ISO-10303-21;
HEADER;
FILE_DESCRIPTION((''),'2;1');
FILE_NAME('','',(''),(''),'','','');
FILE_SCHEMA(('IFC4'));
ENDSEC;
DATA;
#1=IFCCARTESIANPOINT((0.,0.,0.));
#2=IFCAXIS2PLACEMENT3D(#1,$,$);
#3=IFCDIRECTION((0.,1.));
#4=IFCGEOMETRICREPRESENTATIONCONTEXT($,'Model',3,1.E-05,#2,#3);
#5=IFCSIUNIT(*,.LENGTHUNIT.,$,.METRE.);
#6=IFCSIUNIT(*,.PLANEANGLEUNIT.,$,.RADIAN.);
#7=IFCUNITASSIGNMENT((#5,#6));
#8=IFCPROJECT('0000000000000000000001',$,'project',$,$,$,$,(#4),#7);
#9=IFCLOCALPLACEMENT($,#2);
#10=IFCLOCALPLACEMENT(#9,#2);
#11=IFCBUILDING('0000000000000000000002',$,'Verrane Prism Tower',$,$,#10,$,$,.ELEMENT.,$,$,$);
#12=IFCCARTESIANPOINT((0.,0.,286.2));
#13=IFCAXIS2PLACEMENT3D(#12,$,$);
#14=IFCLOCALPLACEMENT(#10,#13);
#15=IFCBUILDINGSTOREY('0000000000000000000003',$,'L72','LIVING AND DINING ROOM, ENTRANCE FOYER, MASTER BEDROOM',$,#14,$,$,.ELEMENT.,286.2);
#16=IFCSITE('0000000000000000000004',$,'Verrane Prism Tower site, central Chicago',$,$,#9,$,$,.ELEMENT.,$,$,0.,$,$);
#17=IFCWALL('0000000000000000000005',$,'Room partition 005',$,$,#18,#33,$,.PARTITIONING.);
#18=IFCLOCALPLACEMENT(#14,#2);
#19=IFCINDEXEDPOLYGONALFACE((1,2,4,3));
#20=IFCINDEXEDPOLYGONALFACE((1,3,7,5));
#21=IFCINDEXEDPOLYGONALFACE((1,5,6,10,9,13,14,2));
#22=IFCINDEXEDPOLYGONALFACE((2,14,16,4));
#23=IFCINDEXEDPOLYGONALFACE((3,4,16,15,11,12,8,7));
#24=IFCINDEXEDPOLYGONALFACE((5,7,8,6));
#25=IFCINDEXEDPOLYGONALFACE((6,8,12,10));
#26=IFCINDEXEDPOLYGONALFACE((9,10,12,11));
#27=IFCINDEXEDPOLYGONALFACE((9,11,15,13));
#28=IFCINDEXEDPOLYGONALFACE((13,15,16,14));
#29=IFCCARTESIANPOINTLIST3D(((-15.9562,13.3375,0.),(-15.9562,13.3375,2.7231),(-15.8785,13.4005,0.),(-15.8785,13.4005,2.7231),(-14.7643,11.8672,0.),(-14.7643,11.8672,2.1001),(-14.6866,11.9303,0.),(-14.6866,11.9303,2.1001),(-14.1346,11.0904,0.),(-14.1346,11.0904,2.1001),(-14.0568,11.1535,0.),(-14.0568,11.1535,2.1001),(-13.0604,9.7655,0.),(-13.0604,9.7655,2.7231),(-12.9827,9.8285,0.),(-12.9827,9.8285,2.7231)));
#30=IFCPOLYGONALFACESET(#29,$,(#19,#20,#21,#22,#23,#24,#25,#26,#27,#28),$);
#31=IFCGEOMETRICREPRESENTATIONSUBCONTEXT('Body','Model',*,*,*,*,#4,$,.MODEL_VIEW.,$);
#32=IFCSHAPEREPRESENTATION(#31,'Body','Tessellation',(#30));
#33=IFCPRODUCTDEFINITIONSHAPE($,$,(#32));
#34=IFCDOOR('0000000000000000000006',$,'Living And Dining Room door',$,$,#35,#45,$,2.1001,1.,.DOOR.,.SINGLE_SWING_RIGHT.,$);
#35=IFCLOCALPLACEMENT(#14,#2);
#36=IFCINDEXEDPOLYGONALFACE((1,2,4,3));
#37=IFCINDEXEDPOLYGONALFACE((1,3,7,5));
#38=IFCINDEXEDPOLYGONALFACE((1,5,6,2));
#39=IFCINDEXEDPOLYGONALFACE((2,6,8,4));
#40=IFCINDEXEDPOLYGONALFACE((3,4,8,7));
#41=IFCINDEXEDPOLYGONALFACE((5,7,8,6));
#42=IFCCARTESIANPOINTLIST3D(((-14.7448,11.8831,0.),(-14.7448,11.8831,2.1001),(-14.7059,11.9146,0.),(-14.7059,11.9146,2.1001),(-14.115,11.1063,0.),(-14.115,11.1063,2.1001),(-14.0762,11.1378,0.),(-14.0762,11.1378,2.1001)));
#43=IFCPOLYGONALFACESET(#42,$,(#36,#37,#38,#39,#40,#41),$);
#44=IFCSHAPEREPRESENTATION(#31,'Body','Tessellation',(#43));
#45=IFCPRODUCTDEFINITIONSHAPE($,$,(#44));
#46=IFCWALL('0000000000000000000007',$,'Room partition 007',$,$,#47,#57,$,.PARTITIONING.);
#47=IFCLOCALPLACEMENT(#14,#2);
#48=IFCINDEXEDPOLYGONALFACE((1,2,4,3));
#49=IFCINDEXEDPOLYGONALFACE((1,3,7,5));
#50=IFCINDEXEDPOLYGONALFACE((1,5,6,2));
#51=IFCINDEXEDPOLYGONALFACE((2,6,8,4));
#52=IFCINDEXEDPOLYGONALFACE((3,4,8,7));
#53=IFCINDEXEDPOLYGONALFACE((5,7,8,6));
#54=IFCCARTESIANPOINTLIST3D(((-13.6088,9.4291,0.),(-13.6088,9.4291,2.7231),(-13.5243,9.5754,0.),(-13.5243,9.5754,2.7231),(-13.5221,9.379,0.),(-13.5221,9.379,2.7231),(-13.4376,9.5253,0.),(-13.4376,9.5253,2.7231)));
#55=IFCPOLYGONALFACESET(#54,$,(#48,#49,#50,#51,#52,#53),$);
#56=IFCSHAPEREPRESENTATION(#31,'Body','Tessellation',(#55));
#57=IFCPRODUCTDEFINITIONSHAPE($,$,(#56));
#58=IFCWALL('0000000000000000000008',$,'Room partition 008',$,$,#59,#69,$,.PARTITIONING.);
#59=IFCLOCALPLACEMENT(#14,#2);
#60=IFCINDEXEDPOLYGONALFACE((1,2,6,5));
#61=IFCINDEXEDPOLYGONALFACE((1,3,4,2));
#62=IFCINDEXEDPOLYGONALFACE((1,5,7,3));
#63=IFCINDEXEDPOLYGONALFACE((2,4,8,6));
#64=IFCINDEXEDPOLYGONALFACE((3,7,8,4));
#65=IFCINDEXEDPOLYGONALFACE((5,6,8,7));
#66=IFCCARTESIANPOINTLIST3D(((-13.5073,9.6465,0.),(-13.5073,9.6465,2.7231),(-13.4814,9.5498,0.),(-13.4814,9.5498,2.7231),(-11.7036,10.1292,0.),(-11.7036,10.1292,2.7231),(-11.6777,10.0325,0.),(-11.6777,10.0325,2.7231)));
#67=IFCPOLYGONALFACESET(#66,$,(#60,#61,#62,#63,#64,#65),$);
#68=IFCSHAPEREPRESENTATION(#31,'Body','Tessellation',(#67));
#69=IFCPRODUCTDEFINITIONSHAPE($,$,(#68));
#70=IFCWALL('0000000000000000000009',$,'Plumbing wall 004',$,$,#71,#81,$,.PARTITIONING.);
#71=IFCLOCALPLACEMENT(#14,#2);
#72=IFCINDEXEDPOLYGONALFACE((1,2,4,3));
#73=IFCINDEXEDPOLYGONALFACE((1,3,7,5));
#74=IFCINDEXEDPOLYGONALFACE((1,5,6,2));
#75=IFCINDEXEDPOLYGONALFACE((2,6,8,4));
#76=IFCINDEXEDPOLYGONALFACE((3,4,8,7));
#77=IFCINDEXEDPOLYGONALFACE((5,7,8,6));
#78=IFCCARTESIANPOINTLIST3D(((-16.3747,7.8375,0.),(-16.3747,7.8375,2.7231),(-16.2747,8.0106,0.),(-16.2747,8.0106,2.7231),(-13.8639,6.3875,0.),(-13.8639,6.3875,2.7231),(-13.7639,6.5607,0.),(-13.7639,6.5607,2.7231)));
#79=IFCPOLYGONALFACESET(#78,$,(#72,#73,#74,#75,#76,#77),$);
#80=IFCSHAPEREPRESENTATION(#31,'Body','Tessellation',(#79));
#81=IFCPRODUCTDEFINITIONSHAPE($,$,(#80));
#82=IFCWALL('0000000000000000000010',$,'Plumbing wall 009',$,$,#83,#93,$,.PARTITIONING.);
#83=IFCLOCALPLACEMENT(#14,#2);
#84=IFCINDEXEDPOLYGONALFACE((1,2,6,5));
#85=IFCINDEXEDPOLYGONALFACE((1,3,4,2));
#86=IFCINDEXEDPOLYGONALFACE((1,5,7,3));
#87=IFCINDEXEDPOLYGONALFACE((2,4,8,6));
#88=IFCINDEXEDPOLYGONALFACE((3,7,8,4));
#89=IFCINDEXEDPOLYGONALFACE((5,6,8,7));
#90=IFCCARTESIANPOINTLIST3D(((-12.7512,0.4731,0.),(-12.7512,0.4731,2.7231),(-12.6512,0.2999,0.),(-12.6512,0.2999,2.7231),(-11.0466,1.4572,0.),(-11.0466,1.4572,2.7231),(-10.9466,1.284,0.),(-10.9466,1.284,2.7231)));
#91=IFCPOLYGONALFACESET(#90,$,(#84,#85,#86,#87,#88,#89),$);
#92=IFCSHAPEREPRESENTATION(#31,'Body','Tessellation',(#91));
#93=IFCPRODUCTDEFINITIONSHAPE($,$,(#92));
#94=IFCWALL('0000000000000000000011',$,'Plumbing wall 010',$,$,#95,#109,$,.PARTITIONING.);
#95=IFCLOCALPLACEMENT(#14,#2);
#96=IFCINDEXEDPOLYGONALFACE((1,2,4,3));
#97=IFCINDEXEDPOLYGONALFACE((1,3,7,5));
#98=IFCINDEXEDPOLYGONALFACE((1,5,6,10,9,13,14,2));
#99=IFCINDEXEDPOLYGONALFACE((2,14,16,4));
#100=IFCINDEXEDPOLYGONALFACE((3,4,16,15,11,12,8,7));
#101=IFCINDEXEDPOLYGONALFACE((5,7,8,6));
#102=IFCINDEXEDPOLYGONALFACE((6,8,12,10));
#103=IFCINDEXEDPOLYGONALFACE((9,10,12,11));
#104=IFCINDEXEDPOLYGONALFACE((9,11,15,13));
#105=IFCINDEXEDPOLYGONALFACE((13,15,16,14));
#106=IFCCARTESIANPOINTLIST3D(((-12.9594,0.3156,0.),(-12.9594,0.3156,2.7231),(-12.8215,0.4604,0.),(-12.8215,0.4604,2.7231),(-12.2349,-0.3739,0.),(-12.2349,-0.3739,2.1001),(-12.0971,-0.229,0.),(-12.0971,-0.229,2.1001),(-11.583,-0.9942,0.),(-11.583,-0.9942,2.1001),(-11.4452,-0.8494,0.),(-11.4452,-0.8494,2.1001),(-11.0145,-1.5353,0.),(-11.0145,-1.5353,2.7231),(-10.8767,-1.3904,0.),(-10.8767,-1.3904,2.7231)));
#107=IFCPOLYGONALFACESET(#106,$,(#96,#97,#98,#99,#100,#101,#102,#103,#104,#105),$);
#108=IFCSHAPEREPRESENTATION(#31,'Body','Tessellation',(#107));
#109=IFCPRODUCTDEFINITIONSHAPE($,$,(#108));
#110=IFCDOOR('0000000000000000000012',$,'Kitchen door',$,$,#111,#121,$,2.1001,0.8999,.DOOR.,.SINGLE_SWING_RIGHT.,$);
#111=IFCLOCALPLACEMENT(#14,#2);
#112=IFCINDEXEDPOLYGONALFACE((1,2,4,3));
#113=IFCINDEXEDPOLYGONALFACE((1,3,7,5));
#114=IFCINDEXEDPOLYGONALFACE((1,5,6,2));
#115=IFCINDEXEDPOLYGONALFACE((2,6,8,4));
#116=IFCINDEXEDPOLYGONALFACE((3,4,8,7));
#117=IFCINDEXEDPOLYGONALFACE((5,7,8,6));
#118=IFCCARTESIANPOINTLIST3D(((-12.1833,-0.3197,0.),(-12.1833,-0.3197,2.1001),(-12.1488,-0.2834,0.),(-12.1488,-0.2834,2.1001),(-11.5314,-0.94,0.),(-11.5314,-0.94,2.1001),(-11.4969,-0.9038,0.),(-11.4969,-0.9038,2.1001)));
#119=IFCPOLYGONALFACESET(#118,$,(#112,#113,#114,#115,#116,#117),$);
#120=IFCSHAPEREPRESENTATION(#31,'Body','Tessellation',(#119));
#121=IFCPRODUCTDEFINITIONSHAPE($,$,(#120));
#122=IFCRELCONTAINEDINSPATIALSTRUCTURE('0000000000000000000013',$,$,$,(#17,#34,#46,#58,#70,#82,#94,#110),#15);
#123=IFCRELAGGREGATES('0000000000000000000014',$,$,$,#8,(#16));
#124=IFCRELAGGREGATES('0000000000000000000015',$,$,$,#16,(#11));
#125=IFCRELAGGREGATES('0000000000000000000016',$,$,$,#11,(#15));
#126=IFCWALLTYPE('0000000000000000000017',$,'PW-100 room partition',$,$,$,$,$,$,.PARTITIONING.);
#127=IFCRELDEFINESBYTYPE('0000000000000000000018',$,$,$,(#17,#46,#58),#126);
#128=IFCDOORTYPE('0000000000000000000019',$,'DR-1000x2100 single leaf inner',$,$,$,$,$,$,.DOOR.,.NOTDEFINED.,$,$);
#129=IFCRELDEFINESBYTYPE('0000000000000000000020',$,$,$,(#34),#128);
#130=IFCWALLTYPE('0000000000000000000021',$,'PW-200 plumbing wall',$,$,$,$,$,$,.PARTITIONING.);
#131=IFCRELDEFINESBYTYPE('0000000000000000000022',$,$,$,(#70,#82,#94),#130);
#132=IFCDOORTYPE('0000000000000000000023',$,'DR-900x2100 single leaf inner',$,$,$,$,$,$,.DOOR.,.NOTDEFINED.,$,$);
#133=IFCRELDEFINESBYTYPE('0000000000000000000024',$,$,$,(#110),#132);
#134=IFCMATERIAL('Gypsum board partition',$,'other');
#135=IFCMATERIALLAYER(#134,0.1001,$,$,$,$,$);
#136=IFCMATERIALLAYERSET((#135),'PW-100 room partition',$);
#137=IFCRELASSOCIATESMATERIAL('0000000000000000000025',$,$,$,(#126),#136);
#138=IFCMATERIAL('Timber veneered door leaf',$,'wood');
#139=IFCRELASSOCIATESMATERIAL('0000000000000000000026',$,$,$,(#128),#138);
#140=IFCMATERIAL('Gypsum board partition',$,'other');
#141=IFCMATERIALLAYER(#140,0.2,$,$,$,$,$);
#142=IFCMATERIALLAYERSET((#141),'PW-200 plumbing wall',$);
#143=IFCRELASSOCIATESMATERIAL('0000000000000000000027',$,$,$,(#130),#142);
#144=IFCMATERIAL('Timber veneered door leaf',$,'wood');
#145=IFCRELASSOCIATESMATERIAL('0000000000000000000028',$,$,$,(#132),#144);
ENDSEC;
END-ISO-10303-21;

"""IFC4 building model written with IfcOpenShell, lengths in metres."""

from ifc_helpers import new_model, si_unit, direction, frame, frame_2d, origin, place, context, subcontext, project, spatial, rectangle, extrude, material, layer, layer_set, type_object, element, fill, save


model = new_model("IFC4")

# Units and contexts
model_context = context("Model", 3, precision=1e-05, world=origin(), true_north=direction((0.0, 1.0)))
body_context = subcontext(model_context, "Body", "Model", "MODEL_VIEW")
ifc_project = project(units=[si_unit("LENGTHUNIT", "METRE"), si_unit("PLANEANGLEUNIT", "RADIAN")], contexts=[model_context])

# Site, building, storey
site_placement = place(None, origin())
site = spatial("IfcSite", under=ifc_project, at=site_placement, Name="Verrane Prism Tower site, central Chicago", CompositionType="ELEMENT", RefElevation=0.0)
building_placement = place(site_placement, origin())
building = spatial("IfcBuilding", under=site, at=building_placement, Name="Verrane Prism Tower", CompositionType="ELEMENT")
storey_placement = place(building_placement, frame((0.0, 0.0, 286.2)))
storey = spatial("IfcBuildingStorey", under=building, at=storey_placement, Name="L72", Description="LIVING AND DINING ROOM, ENTRANCE FOYER, MASTER BEDROOM", CompositionType="ELEMENT", Elevation=286.2)

# Wall, opening, door
ifc_material_1 = material(Name="Gypsum board partition", Category="other")
ifc_layer_1 = layer(ifc_material_1, 0.1001)
ifc_layer_set_1 = layer_set([ifc_layer_1], Name="PW-100 room partition")
wall_type_1 = type_object("IfcWallType", Name="PW-100 room partition", PredefinedType="PARTITIONING", material=ifc_layer_set_1)
ifc_material_2 = material(Name="Timber veneered door leaf", Category="wood")
door_type_1 = type_object("IfcDoorType", Name="DR-1000x2100 single leaf inner", OperationType="NOTDEFINED", PredefinedType="DOOR", material=ifc_material_2)
wall_1_placement = place(storey_placement, frame((-13.0215, 9.7969, 0.0), z_axis=(0.0, 0.0, 1.0), x_axis=(-0.629739, 0.776807, 0.0)))
wall_1 = element("IfcWall", 1, at=wall_1_placement, inside=storey, type_object=wall_type_1, Name="Room partition 005", PredefinedType="PARTITIONING", context=body_context, shape_type="SweptSolid", body=[
    extrude(rectangle(XDim=4.5984, YDim=0.1001, at=frame_2d((2.2993, 0.0))), origin(), (0.0, 0.0, 1.0), 2.7231),
])
opening_1_placement = place(wall_1_placement, frame((1.7058, 0.0, 0.0)))
opening_1 = element("IfcOpeningElement", 2, at=opening_1_placement, cuts=wall_1, PredefinedType="OPENING", context=body_context, shape_type="SweptSolid", body=[
    extrude(rectangle(XDim=1.0, YDim=2.1001, at=frame_2d((0.5, 1.05))), frame((0.0, 0.0601, 0.0), z_axis=(0.0, -1.0, 0.0), x_axis=(1.0, 0.0, 0.0)), (0.0, 0.0, 1.0), 0.1201),
])
door_1_placement = place(opening_1_placement, origin())
door_1 = element("IfcDoor", 3, at=door_1_placement, inside=storey, type_object=door_type_1, Name="Living And Dining Room door", OperationType="SINGLE_SWING_RIGHT", OverallHeight=2.1001, OverallWidth=1.0, PredefinedType="DOOR", context=body_context, shape_type="SweptSolid", body=[
    extrude(rectangle(XDim=1.0, YDim=2.1001, at=frame_2d((0.5, 1.05))), frame((0.0, 0.0249, 0.0), z_axis=(0.0, -1.0, 0.0), x_axis=(1.0, 0.0, 0.0)), (0.0, 0.0, 1.0), 0.05),
])
fill(opening_1, door_1)

# Walls
wall_2_placement = place(storey_placement, frame((-13.5654, 9.4041, 0.0), z_axis=(0.0, 0.0, 1.0), x_axis=(0.500181, 0.865921, 0.0)))
element("IfcWall", 4, at=wall_2_placement, inside=storey, type_object=wall_type_1, Name="Room partition 007", PredefinedType="PARTITIONING", context=body_context, shape_type="SweptSolid", body=[
    extrude(rectangle(XDim=0.1689, YDim=0.1001, at=frame_2d((0.0845, 0.0))), origin(), (0.0, 0.0, 1.0), 2.7231),
])
wall_3_placement = place(storey_placement, frame((-13.4944, 9.5981, 0.0), z_axis=(0.0, 0.0, 1.0), x_axis=(0.966011, 0.258501, 0.0)))
element("IfcWall", 5, at=wall_3_placement, inside=storey, type_object=wall_type_1, Name="Room partition 008", PredefinedType="PARTITIONING", context=body_context, shape_type="SweptSolid", body=[
    extrude(rectangle(XDim=1.8672, YDim=0.1001, at=frame_2d((0.9336, 0.0))), origin(), (0.0, 0.0, 1.0), 2.7231),
])
ifc_material_3 = material(Name="Gypsum board partition", Category="other")
ifc_layer_2 = layer(ifc_material_3, 0.2)
ifc_layer_set_2 = layer_set([ifc_layer_2], Name="PW-200 plumbing wall")
wall_type_2 = type_object("IfcWallType", Name="PW-200 plumbing wall", PredefinedType="PARTITIONING", material=ifc_layer_set_2)
wall_4_placement = place(storey_placement, frame((-16.3247, 7.9241, 0.0), z_axis=(0.0, 0.0, 1.0), x_axis=(0.86597, -0.500097, 0.0)))
element("IfcWall", 6, at=wall_4_placement, inside=storey, type_object=wall_type_2, Name="Plumbing wall 004", PredefinedType="PARTITIONING", context=body_context, shape_type="SweptSolid", body=[
    extrude(rectangle(XDim=2.8994, YDim=0.2, at=frame_2d((1.4497, 0.0))), origin(), (0.0, 0.0, 1.0), 2.7231),
])
wall_5_placement = place(storey_placement, frame((-12.7012, 0.3865, 0.0), z_axis=(0.0, 0.0, 1.0), x_axis=(0.866029, 0.499994, 0.0)))
element("IfcWall", 7, at=wall_5_placement, inside=storey, type_object=wall_type_2, Name="Plumbing wall 009", PredefinedType="PARTITIONING", context=body_context, shape_type="SweptSolid", body=[
    extrude(rectangle(XDim=1.9683, YDim=0.2, at=frame_2d((0.9841, 0.0))), origin(), (0.0, 0.0, 1.0), 2.7231),
])

# Wall, opening, door
wall_6_placement = place(storey_placement, frame((-12.8904, 0.3879, 0.0), z_axis=(0.0, 0.0, 1.0), x_axis=(0.724395, -0.689385, 0.0)))
wall_6 = element("IfcWall", 8, at=wall_6_placement, inside=storey, type_object=wall_type_2, Name="Plumbing wall 010", PredefinedType="PARTITIONING", context=body_context, shape_type="SweptSolid", body=[
    extrude(rectangle(XDim=2.6848, YDim=0.2, at=frame_2d((1.3423, 0.0))), origin(), (0.0, 0.0, 1.0), 2.7231),
])
opening_2_placement = place(wall_6_placement, frame((1.0, 0.0, 0.0)))
opening_2 = element("IfcOpeningElement", 9, at=opening_2_placement, cuts=wall_6, PredefinedType="OPENING", context=body_context, shape_type="SweptSolid", body=[
    extrude(rectangle(XDim=0.8999, YDim=2.1001, at=frame_2d((0.45, 1.05))), frame((0.0, 0.1099, 0.0), z_axis=(0.0, -1.0, 0.0), x_axis=(1.0, 0.0, 0.0)), (0.0, 0.0, 1.0), 0.22),
])
ifc_material_4 = material(Name="Timber veneered door leaf", Category="wood")
door_type_2 = type_object("IfcDoorType", Name="DR-900x2100 single leaf inner", OperationType="NOTDEFINED", PredefinedType="DOOR", material=ifc_material_4)
door_2_placement = place(opening_2_placement, origin())
door_2 = element("IfcDoor", 10, at=door_2_placement, inside=storey, type_object=door_type_2, Name="Kitchen door", OperationType="SINGLE_SWING_RIGHT", OverallHeight=2.1001, OverallWidth=0.8999, PredefinedType="DOOR", context=body_context, shape_type="SweptSolid", body=[
    extrude(rectangle(XDim=0.8999, YDim=2.1001, at=frame_2d((0.45, 1.05))), frame((0.0, 0.0249, 0.0), z_axis=(0.0, -1.0, 0.0), x_axis=(1.0, 0.0, 0.0)), (0.0, 0.0, 1.0), 0.05),
])
fill(opening_2, door_2)

save(model, "model.ifc")
